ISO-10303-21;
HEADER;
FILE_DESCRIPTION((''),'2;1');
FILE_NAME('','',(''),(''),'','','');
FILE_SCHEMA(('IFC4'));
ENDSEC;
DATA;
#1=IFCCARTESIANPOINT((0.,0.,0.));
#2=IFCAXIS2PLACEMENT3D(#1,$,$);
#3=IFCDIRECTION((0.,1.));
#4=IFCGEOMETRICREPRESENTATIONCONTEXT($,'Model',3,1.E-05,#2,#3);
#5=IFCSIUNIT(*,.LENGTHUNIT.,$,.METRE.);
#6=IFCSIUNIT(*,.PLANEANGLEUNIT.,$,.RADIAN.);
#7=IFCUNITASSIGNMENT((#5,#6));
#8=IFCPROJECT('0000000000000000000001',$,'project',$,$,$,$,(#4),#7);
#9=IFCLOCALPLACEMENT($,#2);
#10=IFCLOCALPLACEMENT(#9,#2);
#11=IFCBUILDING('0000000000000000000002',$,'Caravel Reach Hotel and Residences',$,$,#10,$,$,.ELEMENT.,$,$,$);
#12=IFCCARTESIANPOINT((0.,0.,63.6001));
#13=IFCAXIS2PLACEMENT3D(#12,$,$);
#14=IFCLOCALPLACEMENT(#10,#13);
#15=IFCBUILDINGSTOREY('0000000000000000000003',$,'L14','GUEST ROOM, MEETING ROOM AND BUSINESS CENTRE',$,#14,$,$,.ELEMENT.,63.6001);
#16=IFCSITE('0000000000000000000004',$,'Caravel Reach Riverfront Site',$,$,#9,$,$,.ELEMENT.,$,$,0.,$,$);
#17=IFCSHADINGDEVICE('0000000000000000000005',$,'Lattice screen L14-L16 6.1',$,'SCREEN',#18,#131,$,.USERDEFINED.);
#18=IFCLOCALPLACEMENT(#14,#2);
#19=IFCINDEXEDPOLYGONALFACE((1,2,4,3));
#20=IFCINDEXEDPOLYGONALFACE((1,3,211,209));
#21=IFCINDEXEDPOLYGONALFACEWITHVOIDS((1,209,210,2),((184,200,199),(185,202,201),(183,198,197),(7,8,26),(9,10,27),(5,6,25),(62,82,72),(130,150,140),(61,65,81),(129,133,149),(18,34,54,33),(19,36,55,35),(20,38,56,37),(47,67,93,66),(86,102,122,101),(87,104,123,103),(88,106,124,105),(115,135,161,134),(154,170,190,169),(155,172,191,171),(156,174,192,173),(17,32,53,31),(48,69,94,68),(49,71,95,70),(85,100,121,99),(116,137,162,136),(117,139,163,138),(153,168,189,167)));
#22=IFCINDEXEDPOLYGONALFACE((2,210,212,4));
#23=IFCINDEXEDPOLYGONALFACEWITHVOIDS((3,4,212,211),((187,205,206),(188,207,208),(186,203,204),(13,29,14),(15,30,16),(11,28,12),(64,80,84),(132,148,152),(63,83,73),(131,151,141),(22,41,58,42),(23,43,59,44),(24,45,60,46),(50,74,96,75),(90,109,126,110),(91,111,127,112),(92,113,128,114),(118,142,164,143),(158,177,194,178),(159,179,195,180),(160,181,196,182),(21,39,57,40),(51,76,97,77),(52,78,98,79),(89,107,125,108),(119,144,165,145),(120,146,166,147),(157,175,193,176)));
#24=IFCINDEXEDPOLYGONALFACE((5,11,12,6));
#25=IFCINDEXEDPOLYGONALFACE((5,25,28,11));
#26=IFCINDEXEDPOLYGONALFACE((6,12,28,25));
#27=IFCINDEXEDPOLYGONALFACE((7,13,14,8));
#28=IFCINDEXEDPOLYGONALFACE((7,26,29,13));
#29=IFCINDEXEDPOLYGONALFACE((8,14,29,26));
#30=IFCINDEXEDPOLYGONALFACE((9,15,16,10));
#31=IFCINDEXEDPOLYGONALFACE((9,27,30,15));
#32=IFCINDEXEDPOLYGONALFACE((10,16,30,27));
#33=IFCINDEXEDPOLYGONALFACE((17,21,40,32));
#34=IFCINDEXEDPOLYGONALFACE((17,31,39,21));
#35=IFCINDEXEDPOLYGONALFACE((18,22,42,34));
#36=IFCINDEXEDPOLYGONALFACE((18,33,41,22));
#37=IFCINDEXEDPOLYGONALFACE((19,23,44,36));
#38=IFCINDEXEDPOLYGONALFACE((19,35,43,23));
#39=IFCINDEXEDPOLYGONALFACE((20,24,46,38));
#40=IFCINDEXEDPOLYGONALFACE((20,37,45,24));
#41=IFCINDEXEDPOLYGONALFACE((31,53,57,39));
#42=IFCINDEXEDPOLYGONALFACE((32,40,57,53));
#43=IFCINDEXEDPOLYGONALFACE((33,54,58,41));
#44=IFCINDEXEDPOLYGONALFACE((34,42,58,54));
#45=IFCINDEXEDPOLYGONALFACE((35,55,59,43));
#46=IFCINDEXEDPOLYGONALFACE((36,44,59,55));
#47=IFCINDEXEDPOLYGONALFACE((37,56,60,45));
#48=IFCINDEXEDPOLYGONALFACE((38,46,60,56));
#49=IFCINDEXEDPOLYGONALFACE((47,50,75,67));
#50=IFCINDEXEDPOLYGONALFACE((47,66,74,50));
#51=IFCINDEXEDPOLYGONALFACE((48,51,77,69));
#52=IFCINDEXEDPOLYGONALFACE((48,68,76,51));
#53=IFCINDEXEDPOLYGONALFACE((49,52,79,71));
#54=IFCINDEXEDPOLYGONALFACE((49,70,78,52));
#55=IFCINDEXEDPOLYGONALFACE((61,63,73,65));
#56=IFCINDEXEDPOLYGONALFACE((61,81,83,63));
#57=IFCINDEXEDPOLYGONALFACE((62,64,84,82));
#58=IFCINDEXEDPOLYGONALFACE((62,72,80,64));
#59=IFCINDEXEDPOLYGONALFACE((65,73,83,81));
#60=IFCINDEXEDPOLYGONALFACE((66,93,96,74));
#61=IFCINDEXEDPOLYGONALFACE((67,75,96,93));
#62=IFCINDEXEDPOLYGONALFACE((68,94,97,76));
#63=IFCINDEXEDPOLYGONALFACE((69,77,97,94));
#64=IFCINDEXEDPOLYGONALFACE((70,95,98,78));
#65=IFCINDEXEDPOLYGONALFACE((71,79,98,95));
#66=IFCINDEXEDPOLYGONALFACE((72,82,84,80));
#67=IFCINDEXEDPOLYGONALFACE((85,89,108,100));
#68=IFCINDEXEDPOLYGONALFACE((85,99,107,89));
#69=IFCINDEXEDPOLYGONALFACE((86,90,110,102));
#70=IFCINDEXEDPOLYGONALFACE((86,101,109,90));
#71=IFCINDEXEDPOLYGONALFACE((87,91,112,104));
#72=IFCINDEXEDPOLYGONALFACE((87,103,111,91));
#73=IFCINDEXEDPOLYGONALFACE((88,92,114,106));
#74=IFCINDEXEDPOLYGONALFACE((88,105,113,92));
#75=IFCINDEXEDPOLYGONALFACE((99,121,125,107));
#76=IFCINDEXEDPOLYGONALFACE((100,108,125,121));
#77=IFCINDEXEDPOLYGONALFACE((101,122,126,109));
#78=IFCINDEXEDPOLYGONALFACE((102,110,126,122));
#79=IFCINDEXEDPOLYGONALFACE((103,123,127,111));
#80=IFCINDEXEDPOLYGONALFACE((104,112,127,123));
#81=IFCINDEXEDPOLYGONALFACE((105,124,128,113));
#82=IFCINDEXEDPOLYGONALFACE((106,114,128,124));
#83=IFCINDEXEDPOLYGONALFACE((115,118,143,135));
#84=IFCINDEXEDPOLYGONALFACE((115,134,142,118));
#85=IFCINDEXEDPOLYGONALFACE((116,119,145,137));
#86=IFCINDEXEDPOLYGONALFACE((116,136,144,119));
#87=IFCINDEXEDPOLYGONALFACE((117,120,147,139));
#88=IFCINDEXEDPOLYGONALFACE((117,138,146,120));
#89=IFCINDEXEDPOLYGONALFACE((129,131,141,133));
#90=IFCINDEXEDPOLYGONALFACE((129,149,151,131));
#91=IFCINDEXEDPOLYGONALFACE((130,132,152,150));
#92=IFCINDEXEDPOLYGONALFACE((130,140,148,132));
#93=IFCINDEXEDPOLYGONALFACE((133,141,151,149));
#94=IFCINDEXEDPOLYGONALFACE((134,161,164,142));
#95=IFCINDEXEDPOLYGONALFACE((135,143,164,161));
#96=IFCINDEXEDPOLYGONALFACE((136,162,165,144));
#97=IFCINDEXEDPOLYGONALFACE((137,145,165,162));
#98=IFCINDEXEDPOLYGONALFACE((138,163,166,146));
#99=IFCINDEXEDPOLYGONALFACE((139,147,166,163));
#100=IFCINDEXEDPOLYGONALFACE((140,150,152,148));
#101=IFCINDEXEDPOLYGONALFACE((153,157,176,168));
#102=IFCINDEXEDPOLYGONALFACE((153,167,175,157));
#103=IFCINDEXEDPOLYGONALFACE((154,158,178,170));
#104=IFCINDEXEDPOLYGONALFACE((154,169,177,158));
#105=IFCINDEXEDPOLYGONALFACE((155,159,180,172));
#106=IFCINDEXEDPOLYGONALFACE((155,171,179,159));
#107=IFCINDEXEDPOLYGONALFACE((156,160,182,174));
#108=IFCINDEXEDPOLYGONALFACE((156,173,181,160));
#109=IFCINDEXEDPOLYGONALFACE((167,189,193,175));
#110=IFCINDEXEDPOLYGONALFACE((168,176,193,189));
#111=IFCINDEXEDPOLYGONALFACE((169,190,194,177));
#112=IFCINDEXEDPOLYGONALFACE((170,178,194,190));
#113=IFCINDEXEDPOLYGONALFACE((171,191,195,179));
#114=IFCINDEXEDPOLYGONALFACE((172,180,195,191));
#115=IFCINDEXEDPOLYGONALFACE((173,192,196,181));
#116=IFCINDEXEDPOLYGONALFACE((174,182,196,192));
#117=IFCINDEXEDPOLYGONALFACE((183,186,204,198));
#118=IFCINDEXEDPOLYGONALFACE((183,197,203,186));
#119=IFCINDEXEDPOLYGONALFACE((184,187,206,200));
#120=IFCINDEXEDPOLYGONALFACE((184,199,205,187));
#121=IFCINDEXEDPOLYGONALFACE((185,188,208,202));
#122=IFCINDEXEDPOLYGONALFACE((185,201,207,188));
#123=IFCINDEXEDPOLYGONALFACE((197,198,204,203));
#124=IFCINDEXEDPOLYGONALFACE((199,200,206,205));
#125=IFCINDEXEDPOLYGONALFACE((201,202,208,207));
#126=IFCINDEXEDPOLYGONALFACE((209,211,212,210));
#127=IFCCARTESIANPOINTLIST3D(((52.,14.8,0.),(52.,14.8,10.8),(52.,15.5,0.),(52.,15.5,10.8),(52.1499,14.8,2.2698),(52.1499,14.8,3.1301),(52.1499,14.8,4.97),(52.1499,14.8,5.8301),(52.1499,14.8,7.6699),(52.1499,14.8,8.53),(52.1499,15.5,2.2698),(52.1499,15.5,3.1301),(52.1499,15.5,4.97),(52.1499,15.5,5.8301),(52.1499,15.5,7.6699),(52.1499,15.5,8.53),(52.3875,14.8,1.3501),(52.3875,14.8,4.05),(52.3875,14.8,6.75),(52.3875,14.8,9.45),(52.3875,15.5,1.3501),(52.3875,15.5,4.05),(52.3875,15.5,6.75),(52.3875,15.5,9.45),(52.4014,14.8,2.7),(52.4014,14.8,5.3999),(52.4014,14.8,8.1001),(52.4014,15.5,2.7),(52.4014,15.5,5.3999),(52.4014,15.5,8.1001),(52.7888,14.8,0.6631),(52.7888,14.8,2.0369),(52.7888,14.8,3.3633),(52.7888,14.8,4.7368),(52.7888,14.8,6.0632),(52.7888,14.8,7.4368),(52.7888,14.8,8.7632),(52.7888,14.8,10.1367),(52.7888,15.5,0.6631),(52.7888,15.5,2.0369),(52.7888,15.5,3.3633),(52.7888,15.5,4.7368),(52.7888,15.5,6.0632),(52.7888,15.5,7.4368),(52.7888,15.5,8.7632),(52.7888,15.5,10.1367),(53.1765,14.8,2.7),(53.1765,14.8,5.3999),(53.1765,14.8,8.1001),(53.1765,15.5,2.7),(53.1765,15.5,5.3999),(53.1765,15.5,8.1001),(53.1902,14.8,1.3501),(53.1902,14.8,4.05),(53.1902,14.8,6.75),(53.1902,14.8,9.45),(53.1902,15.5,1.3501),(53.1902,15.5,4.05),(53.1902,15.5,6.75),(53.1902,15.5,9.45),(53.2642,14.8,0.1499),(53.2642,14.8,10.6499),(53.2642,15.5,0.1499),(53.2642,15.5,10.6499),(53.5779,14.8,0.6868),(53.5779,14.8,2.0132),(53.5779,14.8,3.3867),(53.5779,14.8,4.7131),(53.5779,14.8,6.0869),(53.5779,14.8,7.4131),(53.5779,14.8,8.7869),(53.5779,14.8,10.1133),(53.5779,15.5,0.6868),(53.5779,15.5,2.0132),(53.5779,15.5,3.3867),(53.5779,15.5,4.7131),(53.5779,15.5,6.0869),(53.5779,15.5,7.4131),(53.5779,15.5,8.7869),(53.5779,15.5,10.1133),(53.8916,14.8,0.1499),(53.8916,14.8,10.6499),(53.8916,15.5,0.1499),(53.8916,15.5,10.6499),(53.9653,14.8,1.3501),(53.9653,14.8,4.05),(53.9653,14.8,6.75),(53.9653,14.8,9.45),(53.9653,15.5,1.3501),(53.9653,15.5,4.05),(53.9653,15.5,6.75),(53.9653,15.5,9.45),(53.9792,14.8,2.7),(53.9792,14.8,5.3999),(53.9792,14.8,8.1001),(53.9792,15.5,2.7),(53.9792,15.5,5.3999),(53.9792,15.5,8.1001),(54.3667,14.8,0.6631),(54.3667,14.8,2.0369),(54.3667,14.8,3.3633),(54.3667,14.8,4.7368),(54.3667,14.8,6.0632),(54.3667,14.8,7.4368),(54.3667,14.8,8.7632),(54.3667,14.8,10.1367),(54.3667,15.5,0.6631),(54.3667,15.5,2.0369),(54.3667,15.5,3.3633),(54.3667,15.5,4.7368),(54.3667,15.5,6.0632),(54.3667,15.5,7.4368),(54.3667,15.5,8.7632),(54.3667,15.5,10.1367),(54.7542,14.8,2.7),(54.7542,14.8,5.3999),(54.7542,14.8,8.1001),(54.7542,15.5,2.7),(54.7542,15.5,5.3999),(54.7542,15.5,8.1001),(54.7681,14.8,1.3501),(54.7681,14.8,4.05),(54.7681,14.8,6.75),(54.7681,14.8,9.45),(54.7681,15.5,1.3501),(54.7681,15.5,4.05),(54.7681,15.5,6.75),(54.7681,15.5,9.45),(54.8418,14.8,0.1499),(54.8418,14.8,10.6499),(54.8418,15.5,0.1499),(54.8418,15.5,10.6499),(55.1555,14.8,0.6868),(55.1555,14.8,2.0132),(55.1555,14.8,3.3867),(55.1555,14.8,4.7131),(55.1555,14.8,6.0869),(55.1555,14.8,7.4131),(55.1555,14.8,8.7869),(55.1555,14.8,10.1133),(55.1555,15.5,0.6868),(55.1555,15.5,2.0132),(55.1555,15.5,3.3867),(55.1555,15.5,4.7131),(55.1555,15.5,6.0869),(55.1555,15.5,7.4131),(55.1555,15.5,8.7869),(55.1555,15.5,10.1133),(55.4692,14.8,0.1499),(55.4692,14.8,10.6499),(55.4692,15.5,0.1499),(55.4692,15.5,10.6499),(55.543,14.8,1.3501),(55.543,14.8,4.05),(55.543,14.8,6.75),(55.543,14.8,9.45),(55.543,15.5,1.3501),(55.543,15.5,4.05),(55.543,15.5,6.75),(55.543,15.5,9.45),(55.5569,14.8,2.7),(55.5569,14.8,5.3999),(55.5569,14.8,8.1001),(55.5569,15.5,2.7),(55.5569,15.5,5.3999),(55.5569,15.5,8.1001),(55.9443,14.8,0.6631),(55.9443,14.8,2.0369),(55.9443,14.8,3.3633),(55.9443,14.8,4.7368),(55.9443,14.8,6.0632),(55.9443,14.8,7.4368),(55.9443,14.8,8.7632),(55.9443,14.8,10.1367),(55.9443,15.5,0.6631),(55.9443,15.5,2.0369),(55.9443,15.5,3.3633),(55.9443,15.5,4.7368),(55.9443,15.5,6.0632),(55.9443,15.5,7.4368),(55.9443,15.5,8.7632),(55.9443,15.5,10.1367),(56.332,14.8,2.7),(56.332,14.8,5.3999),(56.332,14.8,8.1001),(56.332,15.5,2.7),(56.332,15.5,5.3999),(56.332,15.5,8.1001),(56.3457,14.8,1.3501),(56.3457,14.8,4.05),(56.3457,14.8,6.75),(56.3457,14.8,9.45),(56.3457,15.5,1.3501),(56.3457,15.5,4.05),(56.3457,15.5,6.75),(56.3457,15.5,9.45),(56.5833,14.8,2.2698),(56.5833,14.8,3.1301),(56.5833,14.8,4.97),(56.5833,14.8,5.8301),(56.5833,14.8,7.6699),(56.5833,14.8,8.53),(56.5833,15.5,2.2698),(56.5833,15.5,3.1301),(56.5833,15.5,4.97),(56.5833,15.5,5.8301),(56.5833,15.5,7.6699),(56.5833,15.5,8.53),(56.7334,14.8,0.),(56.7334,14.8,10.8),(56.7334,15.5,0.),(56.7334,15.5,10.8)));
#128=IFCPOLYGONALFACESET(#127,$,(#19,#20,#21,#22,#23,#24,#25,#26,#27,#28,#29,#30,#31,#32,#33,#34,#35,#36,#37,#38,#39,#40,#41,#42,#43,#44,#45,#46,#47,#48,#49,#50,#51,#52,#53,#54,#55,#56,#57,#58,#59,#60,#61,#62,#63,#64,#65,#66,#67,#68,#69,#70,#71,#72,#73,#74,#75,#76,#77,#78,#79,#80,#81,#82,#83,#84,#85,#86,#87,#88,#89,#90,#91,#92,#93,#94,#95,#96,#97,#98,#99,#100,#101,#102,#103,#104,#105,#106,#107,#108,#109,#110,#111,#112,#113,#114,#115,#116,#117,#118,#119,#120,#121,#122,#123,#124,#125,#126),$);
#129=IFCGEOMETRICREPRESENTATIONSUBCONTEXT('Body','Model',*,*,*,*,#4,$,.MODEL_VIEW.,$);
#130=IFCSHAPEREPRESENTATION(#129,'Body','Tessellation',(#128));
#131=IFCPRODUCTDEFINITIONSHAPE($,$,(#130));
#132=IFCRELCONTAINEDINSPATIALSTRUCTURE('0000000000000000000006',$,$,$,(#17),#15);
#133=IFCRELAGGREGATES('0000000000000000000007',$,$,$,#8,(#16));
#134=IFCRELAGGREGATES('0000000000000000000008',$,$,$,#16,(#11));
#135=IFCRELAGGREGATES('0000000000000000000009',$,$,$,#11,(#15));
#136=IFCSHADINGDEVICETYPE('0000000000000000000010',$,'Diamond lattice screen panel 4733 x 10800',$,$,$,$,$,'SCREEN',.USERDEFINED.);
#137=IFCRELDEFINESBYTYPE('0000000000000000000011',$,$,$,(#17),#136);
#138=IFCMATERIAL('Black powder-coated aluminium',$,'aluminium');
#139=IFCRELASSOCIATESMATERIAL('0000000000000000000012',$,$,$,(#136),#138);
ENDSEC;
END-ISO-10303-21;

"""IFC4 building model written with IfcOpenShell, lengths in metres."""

from ifc_helpers import new_model, si_unit, direction, frame, origin, place, context, subcontext, project, spatial, polyline, outline, extrude, material, type_object, element, save


model = new_model("IFC4")

# Units and contexts
model_context = context("Model", 3, precision=1e-05, world=origin(), true_north=direction((0.0, 1.0)))
body_context = subcontext(model_context, "Body", "Model", "MODEL_VIEW")
ifc_project = project(units=[si_unit("LENGTHUNIT", "METRE"), si_unit("PLANEANGLEUNIT", "RADIAN")], contexts=[model_context])

# Site, building, storey
site_placement = place(None, origin())
site = spatial("IfcSite", under=ifc_project, at=site_placement, Name="Caravel Reach Riverfront Site", CompositionType="ELEMENT", RefElevation=0.0)
building_placement = place(site_placement, origin())
building = spatial("IfcBuilding", under=site, at=building_placement, Name="Caravel Reach Hotel and Residences", CompositionType="ELEMENT")
storey_placement = place(building_placement, frame((0.0, 0.0, 63.6001)))
storey = spatial("IfcBuildingStorey", under=building, at=storey_placement, Name="L14", Description="GUEST ROOM, MEETING ROOM AND BUSINESS CENTRE", CompositionType="ELEMENT", Elevation=63.6001)

# Shading device
ifc_material_1 = material(Name="Black powder-coated aluminium", Category="aluminium")
shading_device_type_1 = type_object("IfcShadingDeviceType", Name="Diamond lattice screen panel 4733 x 10800", ElementType="SCREEN", PredefinedType="USERDEFINED", material=ifc_material_1)
shading_device_1_placement = place(storey_placement, frame((52.0, 15.5, 0.0), z_axis=(0.0, -1.0, 0.0), x_axis=(1.0, 0.0, 0.0)))
element("IfcShadingDevice", 1, at=shading_device_1_placement, inside=storey, type_object=shading_device_type_1, Name="Lattice screen L14-L16 6.1", ObjectType="SCREEN", PredefinedType="USERDEFINED", context=body_context, shape_type="SweptSolid", body=[
    extrude(outline(polyline([(0.0, 0.0), (4.7334, 0.0), (4.7334, 10.8), (0.0, 10.8), (0.0, 0.0)]), holes=[polyline([(0.4014, 2.7), (0.1499, 3.1301), (0.1499, 2.2698), (0.4014, 2.7)]), polyline([(0.4014, 5.3999), (0.1499, 5.8301), (0.1499, 4.97), (0.4014, 5.3999)]), polyline([(0.4014, 8.1001), (0.1499, 8.53), (0.1499, 7.6699), (0.4014, 8.1001)]), polyline([(0.7888, 2.0369), (0.3875, 1.3501), (0.7888, 0.6631), (1.1902, 1.3501), (0.7888, 2.0369)]), polyline([(0.7888, 4.7368), (0.3875, 4.05), (0.7888, 3.3633), (1.1902, 4.05), (0.7888, 4.7368)]), polyline([(0.7888, 7.4368), (0.3875, 6.75), (0.7888, 6.0632), (1.1902, 6.75), (0.7888, 7.4368)]), polyline([(0.7888, 10.1367), (0.3875, 9.45), (0.7888, 8.7632), (1.1902, 9.45), (0.7888, 10.1367)]), polyline([(1.5779, 0.6868), (1.2642, 0.1499), (1.8916, 0.1499), (1.5779, 0.6868)]), polyline([(1.5779, 3.3867), (1.1765, 2.7), (1.5779, 2.0132), (1.9792, 2.7), (1.5779, 3.3867)]), polyline([(1.5779, 6.0869), (1.1765, 5.3999), (1.5779, 4.7131), (1.9792, 5.3999), (1.5779, 6.0869)]), polyline([(1.5779, 8.7869), (1.1765, 8.1001), (1.5779, 7.4131), (1.9792, 8.1001), (1.5779, 8.7869)]), polyline([(1.5779, 10.1133), (1.8916, 10.6499), (1.2642, 10.6499), (1.5779, 10.1133)]), polyline([(2.3667, 2.0369), (1.9653, 1.3501), (2.3667, 0.6631), (2.7681, 1.3501), (2.3667, 2.0369)]), polyline([(2.3667, 4.7368), (1.9653, 4.05), (2.3667, 3.3633), (2.7681, 4.05), (2.3667, 4.7368)]), polyline([(2.3667, 7.4368), (1.9653, 6.75), (2.3667, 6.0632), (2.7681, 6.75), (2.3667, 7.4368)]), polyline([(2.3667, 10.1367), (1.9653, 9.45), (2.3667, 8.7632), (2.7681, 9.45), (2.3667, 10.1367)]), polyline([(3.1555, 0.6868), (2.8418, 0.1499), (3.4692, 0.1499), (3.1555, 0.6868)]), polyline([(3.1555, 3.3867), (2.7542, 2.7), (3.1555, 2.0132), (3.5569, 2.7), (3.1555, 3.3867)]), polyline([(3.1555, 6.0869), (2.7542, 5.3999), (3.1555, 4.7131), (3.5569, 5.3999), (3.1555, 6.0869)]), polyline([(3.1555, 8.7869), (2.7542, 8.1001), (3.1555, 7.4131), (3.5569, 8.1001), (3.1555, 8.7869)]), polyline([(3.1555, 10.1133), (3.4692, 10.6499), (2.8418, 10.6499), (3.1555, 10.1133)]), polyline([(3.9443, 2.0369), (3.543, 1.3501), (3.9443, 0.6631), (4.3457, 1.3501), (3.9443, 2.0369)]), polyline([(3.9443, 4.7368), (3.543, 4.05), (3.9443, 3.3633), (4.3457, 4.05), (3.9443, 4.7368)]), polyline([(3.9443, 7.4368), (3.543, 6.75), (3.9443, 6.0632), (4.3457, 6.75), (3.9443, 7.4368)]), polyline([(3.9443, 10.1367), (3.543, 9.45), (3.9443, 8.7632), (4.3457, 9.45), (3.9443, 10.1367)]), polyline([(4.332, 2.7), (4.5833, 2.2698), (4.5833, 3.1301), (4.332, 2.7)]), polyline([(4.332, 5.3999), (4.5833, 4.97), (4.5833, 5.8301), (4.332, 5.3999)]), polyline([(4.332, 8.1001), (4.5833, 7.6699), (4.5833, 8.53), (4.332, 8.1001)])]), origin(), (0.0, 0.0, 1.0), 0.7),
])

save(model, "model.ifc")
